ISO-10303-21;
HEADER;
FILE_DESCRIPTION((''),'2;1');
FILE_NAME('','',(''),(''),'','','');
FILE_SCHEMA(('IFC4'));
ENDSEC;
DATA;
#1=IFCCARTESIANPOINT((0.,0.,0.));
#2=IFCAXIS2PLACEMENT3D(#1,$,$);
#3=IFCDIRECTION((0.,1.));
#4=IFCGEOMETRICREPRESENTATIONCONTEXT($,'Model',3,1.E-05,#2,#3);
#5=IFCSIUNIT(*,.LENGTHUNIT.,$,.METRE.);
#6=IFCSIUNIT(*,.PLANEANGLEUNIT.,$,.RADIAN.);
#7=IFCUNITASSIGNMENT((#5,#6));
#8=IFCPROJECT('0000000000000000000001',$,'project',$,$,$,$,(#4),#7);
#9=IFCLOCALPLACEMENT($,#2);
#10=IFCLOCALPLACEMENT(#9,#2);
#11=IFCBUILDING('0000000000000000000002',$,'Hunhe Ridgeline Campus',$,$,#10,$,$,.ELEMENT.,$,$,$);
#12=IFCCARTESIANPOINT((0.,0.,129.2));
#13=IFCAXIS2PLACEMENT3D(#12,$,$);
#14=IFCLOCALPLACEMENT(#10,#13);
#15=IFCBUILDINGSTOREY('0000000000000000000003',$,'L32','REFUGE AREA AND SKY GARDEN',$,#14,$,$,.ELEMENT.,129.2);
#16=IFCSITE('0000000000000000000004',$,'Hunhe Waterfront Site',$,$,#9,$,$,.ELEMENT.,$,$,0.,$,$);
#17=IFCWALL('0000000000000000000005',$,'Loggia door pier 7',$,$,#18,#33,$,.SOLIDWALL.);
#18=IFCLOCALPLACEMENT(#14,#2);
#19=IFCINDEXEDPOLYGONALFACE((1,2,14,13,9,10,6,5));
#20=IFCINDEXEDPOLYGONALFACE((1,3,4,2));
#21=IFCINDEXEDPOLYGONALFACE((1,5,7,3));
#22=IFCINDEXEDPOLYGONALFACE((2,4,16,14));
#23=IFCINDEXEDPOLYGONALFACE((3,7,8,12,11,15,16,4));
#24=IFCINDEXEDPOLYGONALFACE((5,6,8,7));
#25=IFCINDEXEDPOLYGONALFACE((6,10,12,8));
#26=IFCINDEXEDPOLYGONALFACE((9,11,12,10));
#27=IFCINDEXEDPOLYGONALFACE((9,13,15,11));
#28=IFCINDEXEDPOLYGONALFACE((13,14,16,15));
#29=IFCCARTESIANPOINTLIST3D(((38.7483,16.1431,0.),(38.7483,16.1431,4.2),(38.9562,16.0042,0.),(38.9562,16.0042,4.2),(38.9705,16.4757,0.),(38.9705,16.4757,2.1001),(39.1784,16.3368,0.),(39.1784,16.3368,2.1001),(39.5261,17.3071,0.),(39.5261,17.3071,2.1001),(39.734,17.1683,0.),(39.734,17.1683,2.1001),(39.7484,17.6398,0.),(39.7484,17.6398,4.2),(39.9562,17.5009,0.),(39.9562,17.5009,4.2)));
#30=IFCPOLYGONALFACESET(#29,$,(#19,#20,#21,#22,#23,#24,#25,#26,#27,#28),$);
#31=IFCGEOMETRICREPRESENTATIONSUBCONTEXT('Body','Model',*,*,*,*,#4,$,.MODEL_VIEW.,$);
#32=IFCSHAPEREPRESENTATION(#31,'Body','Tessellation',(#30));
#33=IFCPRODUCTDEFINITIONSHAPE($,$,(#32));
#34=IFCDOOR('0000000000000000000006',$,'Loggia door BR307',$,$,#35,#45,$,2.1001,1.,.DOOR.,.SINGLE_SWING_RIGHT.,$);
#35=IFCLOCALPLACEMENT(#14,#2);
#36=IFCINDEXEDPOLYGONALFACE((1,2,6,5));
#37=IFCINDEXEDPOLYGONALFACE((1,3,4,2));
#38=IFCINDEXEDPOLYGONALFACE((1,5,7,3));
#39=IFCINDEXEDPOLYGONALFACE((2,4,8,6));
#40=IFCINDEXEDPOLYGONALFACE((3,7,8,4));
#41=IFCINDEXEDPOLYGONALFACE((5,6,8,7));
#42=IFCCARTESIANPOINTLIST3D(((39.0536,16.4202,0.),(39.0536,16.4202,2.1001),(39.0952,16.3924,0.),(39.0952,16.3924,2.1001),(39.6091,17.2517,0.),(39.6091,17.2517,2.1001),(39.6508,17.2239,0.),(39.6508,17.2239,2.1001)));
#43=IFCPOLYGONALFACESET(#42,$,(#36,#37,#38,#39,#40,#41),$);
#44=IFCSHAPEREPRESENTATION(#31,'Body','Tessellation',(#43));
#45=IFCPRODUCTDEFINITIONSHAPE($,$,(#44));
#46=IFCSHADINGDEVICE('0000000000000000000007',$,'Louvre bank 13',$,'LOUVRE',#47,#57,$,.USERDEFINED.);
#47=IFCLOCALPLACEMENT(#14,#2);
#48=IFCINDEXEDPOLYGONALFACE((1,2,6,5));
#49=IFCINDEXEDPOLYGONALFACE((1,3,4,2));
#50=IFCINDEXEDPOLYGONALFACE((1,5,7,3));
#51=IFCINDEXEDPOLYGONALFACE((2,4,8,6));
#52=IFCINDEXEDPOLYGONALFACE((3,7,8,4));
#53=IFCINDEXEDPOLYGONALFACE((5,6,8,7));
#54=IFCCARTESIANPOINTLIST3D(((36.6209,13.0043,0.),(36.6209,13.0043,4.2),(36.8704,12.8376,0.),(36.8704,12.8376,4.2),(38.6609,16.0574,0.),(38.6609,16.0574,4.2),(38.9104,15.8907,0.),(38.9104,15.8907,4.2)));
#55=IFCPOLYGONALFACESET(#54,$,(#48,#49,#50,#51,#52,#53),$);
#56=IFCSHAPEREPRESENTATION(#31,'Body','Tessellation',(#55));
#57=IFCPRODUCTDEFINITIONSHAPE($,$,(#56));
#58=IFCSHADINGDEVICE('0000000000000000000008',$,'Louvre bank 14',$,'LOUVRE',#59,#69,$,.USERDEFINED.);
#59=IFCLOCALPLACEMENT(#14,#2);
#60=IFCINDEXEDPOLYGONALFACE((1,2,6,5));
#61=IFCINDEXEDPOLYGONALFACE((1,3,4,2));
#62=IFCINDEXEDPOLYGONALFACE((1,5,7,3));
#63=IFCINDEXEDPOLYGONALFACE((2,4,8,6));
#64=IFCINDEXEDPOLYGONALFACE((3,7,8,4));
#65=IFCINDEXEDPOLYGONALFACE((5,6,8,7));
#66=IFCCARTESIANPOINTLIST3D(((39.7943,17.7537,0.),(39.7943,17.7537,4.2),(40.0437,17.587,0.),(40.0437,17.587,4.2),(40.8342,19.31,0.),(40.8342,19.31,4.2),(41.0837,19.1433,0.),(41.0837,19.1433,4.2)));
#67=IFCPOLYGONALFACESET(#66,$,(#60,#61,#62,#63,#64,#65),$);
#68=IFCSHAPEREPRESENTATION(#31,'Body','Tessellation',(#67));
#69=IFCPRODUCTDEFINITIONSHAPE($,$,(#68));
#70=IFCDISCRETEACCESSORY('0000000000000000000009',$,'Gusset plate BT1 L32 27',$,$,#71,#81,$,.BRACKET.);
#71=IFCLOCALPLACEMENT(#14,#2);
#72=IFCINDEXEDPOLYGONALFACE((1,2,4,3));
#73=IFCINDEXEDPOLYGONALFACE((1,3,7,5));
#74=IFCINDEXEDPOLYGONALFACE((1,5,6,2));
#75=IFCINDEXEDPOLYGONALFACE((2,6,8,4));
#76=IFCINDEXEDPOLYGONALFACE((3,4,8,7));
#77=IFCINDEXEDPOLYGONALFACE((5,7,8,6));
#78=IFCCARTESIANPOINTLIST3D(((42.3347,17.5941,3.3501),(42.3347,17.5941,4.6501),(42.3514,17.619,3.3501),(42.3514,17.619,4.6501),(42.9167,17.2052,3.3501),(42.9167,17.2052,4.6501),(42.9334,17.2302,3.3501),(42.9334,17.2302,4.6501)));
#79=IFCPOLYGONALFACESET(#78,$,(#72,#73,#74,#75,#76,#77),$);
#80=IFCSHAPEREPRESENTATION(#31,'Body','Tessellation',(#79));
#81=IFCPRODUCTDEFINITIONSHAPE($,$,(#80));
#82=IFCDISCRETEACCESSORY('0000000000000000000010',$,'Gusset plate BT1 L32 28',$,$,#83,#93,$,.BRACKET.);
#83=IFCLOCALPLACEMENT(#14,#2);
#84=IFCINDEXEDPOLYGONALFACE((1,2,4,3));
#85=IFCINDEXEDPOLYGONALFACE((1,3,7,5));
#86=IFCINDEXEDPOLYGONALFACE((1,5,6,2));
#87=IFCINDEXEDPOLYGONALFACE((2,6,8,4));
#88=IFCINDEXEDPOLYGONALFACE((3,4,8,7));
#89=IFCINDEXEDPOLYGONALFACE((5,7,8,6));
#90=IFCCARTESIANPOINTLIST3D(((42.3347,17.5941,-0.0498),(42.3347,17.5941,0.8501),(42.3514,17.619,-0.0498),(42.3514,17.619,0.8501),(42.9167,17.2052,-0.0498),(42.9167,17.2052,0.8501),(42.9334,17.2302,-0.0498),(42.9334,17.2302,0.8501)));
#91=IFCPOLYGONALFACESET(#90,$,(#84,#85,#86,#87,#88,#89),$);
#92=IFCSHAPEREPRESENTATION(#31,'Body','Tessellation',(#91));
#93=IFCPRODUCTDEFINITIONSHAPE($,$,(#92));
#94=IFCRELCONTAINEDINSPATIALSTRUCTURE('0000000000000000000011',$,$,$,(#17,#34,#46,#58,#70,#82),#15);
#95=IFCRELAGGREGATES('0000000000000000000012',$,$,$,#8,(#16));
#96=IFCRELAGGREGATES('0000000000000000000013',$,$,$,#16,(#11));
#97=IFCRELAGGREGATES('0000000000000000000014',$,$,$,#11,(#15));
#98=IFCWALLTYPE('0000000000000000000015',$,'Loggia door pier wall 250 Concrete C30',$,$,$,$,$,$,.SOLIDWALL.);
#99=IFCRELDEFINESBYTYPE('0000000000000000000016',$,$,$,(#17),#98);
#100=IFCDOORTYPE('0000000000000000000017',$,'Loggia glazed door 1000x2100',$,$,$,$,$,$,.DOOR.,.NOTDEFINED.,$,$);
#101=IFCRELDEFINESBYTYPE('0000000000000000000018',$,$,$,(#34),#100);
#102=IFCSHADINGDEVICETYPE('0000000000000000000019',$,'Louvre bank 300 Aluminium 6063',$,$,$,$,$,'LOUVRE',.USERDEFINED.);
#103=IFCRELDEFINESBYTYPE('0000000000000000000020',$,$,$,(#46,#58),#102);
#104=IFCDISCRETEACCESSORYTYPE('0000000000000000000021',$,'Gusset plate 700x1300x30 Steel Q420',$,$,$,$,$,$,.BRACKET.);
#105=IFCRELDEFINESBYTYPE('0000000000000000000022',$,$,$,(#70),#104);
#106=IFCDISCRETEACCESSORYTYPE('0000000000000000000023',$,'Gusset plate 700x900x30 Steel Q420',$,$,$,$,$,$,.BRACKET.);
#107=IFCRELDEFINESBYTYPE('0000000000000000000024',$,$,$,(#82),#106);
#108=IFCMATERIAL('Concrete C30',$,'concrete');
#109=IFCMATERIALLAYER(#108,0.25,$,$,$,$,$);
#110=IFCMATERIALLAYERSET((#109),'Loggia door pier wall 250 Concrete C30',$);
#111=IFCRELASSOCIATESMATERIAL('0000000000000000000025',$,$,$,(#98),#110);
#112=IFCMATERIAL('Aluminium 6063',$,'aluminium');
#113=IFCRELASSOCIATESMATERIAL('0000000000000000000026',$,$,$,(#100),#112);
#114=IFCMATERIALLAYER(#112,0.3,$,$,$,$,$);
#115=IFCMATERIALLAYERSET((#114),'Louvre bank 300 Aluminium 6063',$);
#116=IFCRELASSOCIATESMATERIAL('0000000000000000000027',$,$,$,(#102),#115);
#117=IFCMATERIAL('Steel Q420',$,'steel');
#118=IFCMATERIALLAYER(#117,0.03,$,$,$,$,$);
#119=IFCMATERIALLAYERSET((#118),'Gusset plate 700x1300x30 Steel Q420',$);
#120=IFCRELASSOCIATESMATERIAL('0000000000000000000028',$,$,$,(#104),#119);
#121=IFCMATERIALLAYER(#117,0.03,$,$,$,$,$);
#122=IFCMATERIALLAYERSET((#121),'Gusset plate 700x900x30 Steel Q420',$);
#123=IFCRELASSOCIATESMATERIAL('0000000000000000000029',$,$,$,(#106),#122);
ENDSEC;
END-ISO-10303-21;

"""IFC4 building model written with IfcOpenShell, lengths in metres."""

from ifc_helpers import new_model, si_unit, direction, frame, frame_2d, origin, origin_2d, place, context, subcontext, project, spatial, rectangle, extrude, material, layer, layer_set, type_object, element, fill, save


model = new_model("IFC4")

# Units and contexts
model_context = context("Model", 3, precision=1e-05, world=origin(), true_north=direction((0.0, 1.0)))
body_context = subcontext(model_context, "Body", "Model", "MODEL_VIEW")
ifc_project = project(units=[si_unit("LENGTHUNIT", "METRE"), si_unit("PLANEANGLEUNIT", "RADIAN")], contexts=[model_context])

# Site, building, storey
site_placement = place(None, origin())
site = spatial("IfcSite", under=ifc_project, at=site_placement, Name="Hunhe Waterfront Site", CompositionType="ELEMENT", RefElevation=0.0)
building_placement = place(site_placement, origin())
building = spatial("IfcBuilding", under=site, at=building_placement, Name="Hunhe Ridgeline Campus", CompositionType="ELEMENT")
storey_placement = place(building_placement, frame((0.0, 0.0, 129.2)))
storey = spatial("IfcBuildingStorey", under=building, at=storey_placement, Name="L32", Description="REFUGE AREA AND SKY GARDEN", CompositionType="ELEMENT", Elevation=129.2)

# Shared definitions
ifc_material_1 = material(Name="Steel Q420", Category="steel")
ifc_material_2 = material(Name="Aluminium 6063", Category="aluminium")

# Wall, opening, door
ifc_material_3 = material(Name="Concrete C30", Category="concrete")
ifc_layer_1 = layer(ifc_material_3, 0.25)
ifc_layer_set_1 = layer_set([ifc_layer_1], Name="Loggia door pier wall 250 Concrete C30")
wall_type_1 = type_object("IfcWallType", Name="Loggia door pier wall 250 Concrete C30", PredefinedType="SOLIDWALL", material=ifc_layer_set_1)
wall_1_placement = place(storey_placement, frame((38.8523, 16.0737, 0.0), z_axis=(0.0, 0.0, 1.0), x_axis=(0.555576, 0.831466, 0.0)))
wall_1 = element("IfcWall", 1, at=wall_1_placement, inside=storey, type_object=wall_type_1, Name="Loggia door pier 7", PredefinedType="SOLIDWALL", context=body_context, shape_type="SweptSolid", body=[
    extrude(rectangle(XDim=1.8, YDim=0.25, at=frame_2d((0.8999, 0.0))), origin(), (0.0, 0.0, 1.0), 4.2),
])
opening_1_placement = place(wall_1_placement, frame((0.3999, 0.0, 0.0)))
opening_1 = element("IfcOpeningElement", 2, at=opening_1_placement, cuts=wall_1, PredefinedType="OPENING", context=body_context, shape_type="SweptSolid", body=[
    extrude(rectangle(XDim=1.0, YDim=2.1001, at=frame_2d((0.5, 1.05))), frame((0.0, 0.125, 0.0), z_axis=(0.0, -1.0, 0.0), x_axis=(1.0, 0.0, 0.0)), (0.0, 0.0, 1.0), 0.25),
])
door_type_1 = type_object("IfcDoorType", Name="Loggia glazed door 1000x2100", OperationType="NOTDEFINED", PredefinedType="DOOR", material=ifc_material_2)
door_1_placement = place(opening_1_placement, frame((1.0, 0.0, 0.0), z_axis=(0.0, 0.0, 1.0), x_axis=(-1.0, 0.0, 0.0)))
door_1 = element("IfcDoor", 3, at=door_1_placement, inside=storey, type_object=door_type_1, Name="Loggia door BR307", OperationType="SINGLE_SWING_RIGHT", OverallHeight=2.1001, OverallWidth=1.0, PredefinedType="DOOR", context=body_context, shape_type="SweptSolid", body=[
    extrude(rectangle(XDim=1.0, YDim=2.1001, at=frame_2d((0.5, 1.05))), frame((0.0, 0.0249, 0.0), z_axis=(0.0, -1.0, 0.0), x_axis=(1.0, 0.0, 0.0)), (0.0, 0.0, 1.0), 0.05),
])
fill(opening_1, door_1)

# Shading devices
ifc_layer_2 = layer(ifc_material_2, 0.3)
ifc_layer_set_2 = layer_set([ifc_layer_2], Name="Louvre bank 300 Aluminium 6063")
shading_device_type = type_object("IfcShadingDeviceType", Name="Louvre bank 300 Aluminium 6063", ElementType="LOUVRE", PredefinedType="USERDEFINED", material=ifc_layer_set_2)
shading_device_1_placement = place(storey_placement, frame((37.7656, 14.4475, 0.0), z_axis=(0.0, 0.0, 1.0), x_axis=(0.55557, 0.83147, 0.0)))
element("IfcShadingDevice", 4, at=shading_device_1_placement, inside=storey, type_object=shading_device_type, Name="Louvre bank 13", ObjectType="LOUVRE", PredefinedType="USERDEFINED", context=body_context, shape_type="SweptSolid", body=[
    extrude(rectangle(XDim=3.6719, YDim=0.3, at=origin_2d()), origin(), (0.0, 0.0, 1.0), 4.2),
])
shading_device_2_placement = place(storey_placement, frame((40.439, 18.4485, 0.0), z_axis=(0.0, 0.0, 1.0), x_axis=(0.55557, 0.83147, 0.0)))
element("IfcShadingDevice", 5, at=shading_device_2_placement, inside=storey, type_object=shading_device_type, Name="Louvre bank 14", ObjectType="LOUVRE", PredefinedType="USERDEFINED", context=body_context, shape_type="SweptSolid", body=[
    extrude(rectangle(XDim=1.8718, YDim=0.3, at=origin_2d()), origin(), (0.0, 0.0, 1.0), 4.2),
])

# Discrete accessories
ifc_layer_3 = layer(ifc_material_1, 0.03)
ifc_layer_set_3 = layer_set([ifc_layer_3], Name="Gusset plate 700x1300x30 Steel Q420")
discrete_accessory_type_1 = type_object("IfcDiscreteAccessoryType", Name="Gusset plate 700x1300x30 Steel Q420", PredefinedType="BRACKET", material=ifc_layer_set_3)
discrete_accessory_1_placement = place(storey_placement, frame((42.634, 17.4121, 3.3501), z_axis=(0.0, 0.0, 1.0), x_axis=(0.55557, 0.83147, 0.0)))
element("IfcDiscreteAccessory", 6, at=discrete_accessory_1_placement, inside=storey, type_object=discrete_accessory_type_1, Name="Gusset plate BT1 L32 27", PredefinedType="BRACKET", context=body_context, shape_type="SweptSolid", body=[
    extrude(rectangle(XDim=0.03, YDim=0.7, at=origin_2d()), origin(), (0.0, 0.0, 1.0), 1.3),
])
ifc_layer_4 = layer(ifc_material_1, 0.03)
ifc_layer_set_4 = layer_set([ifc_layer_4], Name="Gusset plate 700x900x30 Steel Q420")
discrete_accessory_type_2 = type_object("IfcDiscreteAccessoryType", Name="Gusset plate 700x900x30 Steel Q420", PredefinedType="BRACKET", material=ifc_layer_set_4)
discrete_accessory_2_placement = place(storey_placement, frame((42.634, 17.4121, -0.0498), z_axis=(0.0, 0.0, 1.0), x_axis=(0.55557, 0.83147, 0.0)))
element("IfcDiscreteAccessory", 7, at=discrete_accessory_2_placement, inside=storey, type_object=discrete_accessory_type_2, Name="Gusset plate BT1 L32 28", PredefinedType="BRACKET", context=body_context, shape_type="SweptSolid", body=[
    extrude(rectangle(XDim=0.03, YDim=0.7, at=origin_2d()), origin(), (0.0, 0.0, 1.0), 0.8999),
])

save(model, "model.ifc")
